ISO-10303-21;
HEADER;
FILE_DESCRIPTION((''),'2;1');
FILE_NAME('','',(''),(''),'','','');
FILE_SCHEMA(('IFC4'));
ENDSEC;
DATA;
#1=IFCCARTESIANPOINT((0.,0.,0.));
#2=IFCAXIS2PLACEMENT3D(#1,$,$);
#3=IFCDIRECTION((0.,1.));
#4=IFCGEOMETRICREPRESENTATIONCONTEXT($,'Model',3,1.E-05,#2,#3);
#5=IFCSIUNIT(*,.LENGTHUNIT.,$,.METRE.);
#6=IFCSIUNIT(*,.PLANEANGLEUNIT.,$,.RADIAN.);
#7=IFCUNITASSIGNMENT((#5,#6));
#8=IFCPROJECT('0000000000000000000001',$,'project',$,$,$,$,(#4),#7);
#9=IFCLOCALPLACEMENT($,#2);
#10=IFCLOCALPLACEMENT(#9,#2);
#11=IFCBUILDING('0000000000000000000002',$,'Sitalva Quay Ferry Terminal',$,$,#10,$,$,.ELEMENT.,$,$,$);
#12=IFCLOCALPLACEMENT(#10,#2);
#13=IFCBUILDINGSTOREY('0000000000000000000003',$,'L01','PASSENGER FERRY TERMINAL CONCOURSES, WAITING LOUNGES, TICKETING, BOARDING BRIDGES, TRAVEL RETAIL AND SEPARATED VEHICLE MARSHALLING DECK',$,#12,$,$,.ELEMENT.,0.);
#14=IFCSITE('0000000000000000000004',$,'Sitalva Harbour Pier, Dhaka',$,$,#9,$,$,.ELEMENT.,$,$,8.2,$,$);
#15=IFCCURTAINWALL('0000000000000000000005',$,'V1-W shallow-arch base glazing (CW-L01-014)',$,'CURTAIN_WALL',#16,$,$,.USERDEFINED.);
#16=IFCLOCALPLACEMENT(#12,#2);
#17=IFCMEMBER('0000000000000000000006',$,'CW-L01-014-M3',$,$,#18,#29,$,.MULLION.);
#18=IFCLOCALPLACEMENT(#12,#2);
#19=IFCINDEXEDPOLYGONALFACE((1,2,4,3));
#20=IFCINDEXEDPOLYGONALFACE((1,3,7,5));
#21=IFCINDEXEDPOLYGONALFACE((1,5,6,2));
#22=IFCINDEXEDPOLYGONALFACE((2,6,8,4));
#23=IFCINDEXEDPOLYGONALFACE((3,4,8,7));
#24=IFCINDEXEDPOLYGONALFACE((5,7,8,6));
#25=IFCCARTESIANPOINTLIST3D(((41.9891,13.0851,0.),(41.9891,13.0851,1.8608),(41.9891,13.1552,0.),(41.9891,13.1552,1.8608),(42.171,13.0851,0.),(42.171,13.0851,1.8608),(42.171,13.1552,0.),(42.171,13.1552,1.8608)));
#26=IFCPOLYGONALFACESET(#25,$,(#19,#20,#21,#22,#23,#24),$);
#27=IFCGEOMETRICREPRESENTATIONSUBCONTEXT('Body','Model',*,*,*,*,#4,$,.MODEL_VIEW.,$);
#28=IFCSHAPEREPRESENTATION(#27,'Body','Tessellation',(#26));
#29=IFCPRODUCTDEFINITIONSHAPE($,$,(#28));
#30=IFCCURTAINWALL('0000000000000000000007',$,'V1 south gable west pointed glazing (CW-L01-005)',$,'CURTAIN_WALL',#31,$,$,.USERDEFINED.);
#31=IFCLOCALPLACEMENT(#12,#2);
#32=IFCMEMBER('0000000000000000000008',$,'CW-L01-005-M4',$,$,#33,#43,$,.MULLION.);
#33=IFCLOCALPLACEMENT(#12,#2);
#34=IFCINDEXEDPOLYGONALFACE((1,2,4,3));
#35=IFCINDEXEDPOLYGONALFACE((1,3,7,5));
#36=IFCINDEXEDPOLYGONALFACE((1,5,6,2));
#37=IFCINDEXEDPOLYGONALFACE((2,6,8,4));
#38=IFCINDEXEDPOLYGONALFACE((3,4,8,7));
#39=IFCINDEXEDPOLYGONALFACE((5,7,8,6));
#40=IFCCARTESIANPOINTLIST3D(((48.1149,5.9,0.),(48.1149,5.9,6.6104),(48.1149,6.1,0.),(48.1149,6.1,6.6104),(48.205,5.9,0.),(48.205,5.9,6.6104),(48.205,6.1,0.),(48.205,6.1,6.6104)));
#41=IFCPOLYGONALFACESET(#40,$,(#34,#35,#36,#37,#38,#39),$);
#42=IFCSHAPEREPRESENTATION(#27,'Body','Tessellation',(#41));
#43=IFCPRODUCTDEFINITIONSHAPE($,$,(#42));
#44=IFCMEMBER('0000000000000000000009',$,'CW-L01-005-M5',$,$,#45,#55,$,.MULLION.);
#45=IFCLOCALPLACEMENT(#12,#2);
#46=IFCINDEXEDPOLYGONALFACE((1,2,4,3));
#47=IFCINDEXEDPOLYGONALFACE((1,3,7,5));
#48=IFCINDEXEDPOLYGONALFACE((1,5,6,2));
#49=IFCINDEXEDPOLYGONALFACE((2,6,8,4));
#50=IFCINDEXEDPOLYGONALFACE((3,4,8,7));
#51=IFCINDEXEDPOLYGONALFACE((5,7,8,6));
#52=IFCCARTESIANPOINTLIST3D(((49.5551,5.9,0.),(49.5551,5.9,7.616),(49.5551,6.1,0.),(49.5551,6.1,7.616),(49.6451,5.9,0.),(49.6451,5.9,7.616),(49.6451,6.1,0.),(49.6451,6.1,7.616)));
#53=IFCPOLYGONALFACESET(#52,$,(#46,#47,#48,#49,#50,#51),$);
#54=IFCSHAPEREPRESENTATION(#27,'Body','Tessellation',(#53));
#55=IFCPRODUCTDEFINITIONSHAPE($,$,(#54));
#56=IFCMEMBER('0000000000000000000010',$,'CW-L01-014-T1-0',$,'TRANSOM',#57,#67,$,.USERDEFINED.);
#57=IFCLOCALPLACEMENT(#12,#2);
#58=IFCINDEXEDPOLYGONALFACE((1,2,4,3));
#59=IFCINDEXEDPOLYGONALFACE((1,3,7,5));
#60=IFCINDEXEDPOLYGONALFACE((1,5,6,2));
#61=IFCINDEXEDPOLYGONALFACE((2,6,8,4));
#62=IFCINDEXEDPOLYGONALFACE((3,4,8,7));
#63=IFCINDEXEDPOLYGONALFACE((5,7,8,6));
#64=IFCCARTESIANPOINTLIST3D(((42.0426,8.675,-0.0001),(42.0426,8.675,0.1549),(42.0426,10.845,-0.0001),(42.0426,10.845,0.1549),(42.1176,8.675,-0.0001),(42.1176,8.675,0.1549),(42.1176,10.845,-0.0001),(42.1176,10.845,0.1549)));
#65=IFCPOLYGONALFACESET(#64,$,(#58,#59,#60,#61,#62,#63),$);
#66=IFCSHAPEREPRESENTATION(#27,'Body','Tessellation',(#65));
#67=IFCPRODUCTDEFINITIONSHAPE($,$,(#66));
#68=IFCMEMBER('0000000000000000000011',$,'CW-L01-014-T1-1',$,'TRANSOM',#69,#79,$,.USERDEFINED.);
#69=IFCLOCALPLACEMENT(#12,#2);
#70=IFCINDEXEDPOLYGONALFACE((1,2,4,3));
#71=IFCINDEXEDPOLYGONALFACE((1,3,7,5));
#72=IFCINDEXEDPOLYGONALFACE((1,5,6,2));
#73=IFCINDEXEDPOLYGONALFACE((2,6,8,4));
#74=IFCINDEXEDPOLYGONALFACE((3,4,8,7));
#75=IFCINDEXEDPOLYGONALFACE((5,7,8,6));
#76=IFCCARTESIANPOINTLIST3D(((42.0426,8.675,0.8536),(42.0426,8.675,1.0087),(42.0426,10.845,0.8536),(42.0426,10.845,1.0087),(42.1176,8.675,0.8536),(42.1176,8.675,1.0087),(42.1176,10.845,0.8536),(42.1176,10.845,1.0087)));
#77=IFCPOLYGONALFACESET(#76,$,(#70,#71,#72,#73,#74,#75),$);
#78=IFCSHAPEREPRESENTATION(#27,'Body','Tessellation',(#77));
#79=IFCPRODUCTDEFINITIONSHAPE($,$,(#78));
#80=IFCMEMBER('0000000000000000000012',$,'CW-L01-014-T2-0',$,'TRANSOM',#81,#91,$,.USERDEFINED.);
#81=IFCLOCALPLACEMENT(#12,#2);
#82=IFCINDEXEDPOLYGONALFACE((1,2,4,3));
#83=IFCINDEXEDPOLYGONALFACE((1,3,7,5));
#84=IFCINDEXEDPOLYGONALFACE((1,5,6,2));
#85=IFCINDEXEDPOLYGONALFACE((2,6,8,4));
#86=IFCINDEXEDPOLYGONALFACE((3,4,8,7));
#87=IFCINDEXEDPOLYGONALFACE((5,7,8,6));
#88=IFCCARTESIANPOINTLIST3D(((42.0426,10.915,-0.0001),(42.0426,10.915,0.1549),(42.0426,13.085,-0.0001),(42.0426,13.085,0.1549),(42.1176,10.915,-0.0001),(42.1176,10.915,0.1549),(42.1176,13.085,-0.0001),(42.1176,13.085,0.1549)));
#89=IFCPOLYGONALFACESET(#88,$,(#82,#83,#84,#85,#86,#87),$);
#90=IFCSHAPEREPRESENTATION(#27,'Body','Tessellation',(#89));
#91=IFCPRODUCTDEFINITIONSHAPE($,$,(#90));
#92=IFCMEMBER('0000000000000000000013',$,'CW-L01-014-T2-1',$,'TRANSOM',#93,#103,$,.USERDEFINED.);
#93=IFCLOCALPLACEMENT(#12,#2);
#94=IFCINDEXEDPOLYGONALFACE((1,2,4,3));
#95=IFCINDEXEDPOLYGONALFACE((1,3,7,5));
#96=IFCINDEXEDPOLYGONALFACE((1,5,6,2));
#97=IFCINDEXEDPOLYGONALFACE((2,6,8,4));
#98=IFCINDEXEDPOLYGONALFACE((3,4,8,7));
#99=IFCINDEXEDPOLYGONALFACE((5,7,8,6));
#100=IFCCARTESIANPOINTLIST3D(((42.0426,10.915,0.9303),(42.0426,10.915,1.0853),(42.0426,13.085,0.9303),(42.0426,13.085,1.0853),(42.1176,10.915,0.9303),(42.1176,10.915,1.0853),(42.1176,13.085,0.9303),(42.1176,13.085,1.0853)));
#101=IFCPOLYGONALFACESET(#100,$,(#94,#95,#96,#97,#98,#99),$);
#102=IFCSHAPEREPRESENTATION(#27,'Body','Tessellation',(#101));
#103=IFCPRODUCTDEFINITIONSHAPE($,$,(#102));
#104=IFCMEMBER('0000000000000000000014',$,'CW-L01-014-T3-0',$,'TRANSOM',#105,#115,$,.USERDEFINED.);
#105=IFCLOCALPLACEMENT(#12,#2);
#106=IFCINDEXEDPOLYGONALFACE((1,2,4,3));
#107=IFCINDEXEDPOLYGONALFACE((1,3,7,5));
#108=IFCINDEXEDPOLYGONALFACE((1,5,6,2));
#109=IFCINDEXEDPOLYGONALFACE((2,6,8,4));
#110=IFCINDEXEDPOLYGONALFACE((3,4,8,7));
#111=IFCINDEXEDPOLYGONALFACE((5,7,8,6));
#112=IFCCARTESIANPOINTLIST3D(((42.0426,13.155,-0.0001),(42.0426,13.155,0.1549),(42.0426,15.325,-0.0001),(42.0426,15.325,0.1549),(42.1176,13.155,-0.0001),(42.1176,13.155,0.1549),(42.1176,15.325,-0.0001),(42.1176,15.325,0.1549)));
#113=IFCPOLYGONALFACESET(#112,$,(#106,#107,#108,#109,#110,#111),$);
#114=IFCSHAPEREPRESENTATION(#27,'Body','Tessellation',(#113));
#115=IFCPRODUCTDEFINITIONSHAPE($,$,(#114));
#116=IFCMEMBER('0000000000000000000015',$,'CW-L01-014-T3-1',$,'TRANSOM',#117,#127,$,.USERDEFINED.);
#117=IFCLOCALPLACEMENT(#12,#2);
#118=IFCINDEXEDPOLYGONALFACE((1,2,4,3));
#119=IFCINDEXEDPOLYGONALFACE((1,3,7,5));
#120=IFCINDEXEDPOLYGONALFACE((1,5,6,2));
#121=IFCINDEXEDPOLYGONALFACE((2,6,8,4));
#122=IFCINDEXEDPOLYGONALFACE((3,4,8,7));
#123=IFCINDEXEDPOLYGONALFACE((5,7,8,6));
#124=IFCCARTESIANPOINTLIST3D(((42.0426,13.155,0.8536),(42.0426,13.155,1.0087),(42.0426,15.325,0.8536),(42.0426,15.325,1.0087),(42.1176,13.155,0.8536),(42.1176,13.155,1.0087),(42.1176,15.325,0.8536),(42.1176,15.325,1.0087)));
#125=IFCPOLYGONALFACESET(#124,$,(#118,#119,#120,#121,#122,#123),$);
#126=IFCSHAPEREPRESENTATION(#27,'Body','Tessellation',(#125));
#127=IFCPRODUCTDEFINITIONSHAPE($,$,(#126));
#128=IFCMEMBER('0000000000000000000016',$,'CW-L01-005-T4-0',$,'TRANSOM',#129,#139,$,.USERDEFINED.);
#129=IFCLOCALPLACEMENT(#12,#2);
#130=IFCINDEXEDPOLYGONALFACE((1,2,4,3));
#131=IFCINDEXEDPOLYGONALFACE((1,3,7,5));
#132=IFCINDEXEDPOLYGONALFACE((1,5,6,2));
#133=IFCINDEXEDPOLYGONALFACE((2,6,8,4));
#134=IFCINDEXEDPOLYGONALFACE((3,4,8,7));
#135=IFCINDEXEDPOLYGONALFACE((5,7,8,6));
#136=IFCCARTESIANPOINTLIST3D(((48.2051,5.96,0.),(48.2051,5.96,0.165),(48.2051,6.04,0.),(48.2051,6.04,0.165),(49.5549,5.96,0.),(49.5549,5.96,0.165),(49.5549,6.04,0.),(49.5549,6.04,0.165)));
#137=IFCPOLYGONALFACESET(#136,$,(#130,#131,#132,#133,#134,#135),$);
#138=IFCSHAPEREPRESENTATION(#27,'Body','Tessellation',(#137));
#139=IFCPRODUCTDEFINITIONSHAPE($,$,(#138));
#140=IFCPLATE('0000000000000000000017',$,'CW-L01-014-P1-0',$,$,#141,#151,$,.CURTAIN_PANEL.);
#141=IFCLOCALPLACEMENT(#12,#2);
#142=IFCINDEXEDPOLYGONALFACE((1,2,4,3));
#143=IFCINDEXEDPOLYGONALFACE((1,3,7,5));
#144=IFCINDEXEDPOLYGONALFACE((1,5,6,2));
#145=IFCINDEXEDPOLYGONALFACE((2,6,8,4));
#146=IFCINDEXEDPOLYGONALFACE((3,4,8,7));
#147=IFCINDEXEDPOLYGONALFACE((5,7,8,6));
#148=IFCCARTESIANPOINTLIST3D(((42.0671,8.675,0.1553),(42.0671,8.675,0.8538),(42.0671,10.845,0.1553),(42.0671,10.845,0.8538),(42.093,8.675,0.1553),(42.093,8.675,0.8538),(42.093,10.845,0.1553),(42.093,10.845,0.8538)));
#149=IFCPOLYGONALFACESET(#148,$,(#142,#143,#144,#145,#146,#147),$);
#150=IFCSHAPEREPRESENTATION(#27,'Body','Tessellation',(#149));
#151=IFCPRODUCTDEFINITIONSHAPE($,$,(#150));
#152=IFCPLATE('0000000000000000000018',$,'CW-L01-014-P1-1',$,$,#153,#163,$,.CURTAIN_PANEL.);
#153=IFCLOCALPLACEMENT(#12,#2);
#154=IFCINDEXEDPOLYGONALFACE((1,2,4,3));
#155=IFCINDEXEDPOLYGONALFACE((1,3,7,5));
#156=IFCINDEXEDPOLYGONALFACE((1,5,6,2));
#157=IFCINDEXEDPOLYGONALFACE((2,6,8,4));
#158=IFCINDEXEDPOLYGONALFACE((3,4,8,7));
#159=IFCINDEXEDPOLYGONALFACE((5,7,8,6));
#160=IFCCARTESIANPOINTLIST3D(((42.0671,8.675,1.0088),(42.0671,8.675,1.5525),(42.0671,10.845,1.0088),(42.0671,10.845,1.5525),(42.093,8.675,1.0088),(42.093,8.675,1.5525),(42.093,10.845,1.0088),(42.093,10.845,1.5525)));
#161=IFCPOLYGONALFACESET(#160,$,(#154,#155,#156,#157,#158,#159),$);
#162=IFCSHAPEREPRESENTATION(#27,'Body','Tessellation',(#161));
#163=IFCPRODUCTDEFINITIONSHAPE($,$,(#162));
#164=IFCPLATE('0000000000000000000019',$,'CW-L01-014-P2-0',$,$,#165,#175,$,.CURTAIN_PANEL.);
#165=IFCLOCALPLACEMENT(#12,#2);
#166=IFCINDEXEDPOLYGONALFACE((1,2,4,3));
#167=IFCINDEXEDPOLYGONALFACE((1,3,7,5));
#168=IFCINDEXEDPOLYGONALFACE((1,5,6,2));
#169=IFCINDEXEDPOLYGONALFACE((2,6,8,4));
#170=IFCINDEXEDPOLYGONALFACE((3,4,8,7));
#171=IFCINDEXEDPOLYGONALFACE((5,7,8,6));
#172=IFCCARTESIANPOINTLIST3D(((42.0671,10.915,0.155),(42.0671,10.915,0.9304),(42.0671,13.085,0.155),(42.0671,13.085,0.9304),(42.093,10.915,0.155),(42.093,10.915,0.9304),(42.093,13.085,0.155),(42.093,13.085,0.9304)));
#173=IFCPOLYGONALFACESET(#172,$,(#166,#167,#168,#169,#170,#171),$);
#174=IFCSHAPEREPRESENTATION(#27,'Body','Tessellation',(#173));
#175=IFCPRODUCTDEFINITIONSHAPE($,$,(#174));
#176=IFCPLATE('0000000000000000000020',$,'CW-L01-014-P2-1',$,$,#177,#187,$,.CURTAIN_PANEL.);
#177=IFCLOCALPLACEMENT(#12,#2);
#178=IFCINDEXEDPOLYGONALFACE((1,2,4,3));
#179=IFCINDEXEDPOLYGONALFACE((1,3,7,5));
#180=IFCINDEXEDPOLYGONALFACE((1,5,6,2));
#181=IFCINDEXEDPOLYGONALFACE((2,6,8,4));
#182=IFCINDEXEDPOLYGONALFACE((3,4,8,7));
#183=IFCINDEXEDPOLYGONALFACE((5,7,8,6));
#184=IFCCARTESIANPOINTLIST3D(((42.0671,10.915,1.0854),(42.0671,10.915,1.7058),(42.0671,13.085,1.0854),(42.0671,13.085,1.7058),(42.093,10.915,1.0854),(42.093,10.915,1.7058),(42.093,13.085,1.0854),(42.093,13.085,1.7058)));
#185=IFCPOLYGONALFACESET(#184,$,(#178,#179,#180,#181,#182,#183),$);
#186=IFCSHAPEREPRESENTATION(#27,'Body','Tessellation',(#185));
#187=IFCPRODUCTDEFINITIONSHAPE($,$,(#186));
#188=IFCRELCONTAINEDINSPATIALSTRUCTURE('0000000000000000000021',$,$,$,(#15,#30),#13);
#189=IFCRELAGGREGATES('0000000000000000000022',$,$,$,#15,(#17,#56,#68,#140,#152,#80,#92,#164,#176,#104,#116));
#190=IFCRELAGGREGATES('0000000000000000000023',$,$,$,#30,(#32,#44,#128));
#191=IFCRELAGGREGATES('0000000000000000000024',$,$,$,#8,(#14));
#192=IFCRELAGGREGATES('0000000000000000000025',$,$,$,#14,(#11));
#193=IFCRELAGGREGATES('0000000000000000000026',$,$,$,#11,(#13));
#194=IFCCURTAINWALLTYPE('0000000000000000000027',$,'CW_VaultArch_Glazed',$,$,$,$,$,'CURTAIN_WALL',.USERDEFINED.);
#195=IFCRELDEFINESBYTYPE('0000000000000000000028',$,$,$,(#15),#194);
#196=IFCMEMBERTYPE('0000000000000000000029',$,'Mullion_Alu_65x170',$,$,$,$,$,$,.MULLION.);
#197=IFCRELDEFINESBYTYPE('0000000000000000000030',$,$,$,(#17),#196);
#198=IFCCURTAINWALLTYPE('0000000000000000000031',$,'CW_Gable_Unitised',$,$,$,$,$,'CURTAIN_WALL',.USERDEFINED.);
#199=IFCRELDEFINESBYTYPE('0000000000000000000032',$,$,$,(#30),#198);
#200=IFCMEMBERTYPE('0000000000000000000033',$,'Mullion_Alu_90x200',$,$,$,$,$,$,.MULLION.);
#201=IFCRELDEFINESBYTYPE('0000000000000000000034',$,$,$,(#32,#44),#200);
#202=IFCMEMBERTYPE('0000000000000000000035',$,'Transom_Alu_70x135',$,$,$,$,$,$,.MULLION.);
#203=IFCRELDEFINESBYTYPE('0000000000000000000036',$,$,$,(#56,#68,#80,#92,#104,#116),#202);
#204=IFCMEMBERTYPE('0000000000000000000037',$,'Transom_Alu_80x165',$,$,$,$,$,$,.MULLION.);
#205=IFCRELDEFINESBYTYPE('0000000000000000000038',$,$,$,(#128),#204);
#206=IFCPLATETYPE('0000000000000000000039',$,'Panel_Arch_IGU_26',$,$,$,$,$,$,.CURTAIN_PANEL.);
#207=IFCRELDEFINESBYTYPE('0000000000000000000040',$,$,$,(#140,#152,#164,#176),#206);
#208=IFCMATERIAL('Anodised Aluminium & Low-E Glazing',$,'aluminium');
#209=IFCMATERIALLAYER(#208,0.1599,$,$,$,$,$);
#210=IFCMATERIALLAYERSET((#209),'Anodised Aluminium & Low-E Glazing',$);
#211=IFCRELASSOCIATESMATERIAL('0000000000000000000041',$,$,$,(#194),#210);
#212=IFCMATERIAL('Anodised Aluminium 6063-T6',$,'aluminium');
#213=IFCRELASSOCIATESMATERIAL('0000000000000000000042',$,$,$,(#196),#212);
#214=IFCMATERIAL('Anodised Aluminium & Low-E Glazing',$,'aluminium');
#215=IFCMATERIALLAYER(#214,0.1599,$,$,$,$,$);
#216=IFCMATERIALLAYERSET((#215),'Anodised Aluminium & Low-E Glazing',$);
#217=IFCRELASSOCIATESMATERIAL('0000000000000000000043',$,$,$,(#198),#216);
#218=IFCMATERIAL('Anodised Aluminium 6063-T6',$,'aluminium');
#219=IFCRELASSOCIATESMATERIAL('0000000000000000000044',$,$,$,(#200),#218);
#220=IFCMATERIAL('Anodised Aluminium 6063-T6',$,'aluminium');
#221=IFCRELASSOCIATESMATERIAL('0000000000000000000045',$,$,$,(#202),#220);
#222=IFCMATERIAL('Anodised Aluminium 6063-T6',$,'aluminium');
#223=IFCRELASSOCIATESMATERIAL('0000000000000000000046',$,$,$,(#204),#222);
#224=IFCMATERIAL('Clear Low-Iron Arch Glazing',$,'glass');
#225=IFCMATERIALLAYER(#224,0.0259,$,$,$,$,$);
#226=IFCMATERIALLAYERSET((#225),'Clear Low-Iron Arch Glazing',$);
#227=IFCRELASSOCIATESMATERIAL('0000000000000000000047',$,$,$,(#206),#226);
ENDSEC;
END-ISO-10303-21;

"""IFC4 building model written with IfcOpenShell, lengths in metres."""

from ifc_helpers import new_model, si_unit, direction, frame, origin, origin_2d, place, context, subcontext, project, spatial, rectangle, extrude, material, layer, layer_set, material_profile, profile_set, type_object, element, aggregate, save


model = new_model("IFC4")

# Units and contexts
model_context = context("Model", 3, precision=1e-05, world=origin(), true_north=direction((0.0, 1.0)))
body_context = subcontext(model_context, "Body", "Model", "MODEL_VIEW")
ifc_project = project(units=[si_unit("LENGTHUNIT", "METRE"), si_unit("PLANEANGLEUNIT", "RADIAN")], contexts=[model_context])

# Site, building, storey
site_placement = place(None, origin())
site = spatial("IfcSite", under=ifc_project, at=site_placement, Name="Sitalva Harbour Pier, Dhaka", CompositionType="ELEMENT", RefElevation=8.2)
building_placement = place(site_placement, origin())
building = spatial("IfcBuilding", under=site, at=building_placement, Name="Sitalva Quay Ferry Terminal", CompositionType="ELEMENT")
storey_placement = place(building_placement, origin())
storey = spatial("IfcBuildingStorey", under=building, at=storey_placement, Name="L01", Description="PASSENGER FERRY TERMINAL CONCOURSES, WAITING LOUNGES, TICKETING, BOARDING BRIDGES, TRAVEL RETAIL AND SEPARATED VEHICLE MARSHALLING DECK", CompositionType="ELEMENT", Elevation=0.0)

# Curtain walls, members
ifc_material_1 = material(Name="Anodised Aluminium & Low-E Glazing", Category="aluminium")
ifc_layer_1 = layer(ifc_material_1, 0.1599)
ifc_layer_set_1 = layer_set([ifc_layer_1], Name="Anodised Aluminium & Low-E Glazing")
curtain_wall_type_1 = type_object("IfcCurtainWallType", Name="CW_VaultArch_Glazed", ElementType="CURTAIN_WALL", PredefinedType="USERDEFINED", material=ifc_layer_set_1)
curtain_wall_1_placement = place(storey_placement, origin())
curtain_wall_1 = element("IfcCurtainWall", 1, at=curtain_wall_1_placement, inside=storey, type_object=curtain_wall_type_1, Name="V1-W shallow-arch base glazing (CW-L01-014)", ObjectType="CURTAIN_WALL", PredefinedType="USERDEFINED")
ifc_material_2 = material(Name="Anodised Aluminium 6063-T6", Category="aluminium")
ifc_material_profile_1 = material_profile(ifc_material_2, rectangle(XDim=0.0701, YDim=0.1819, at=origin_2d()), Name="ALU70x182")
ifc_profile_set_1 = profile_set([ifc_material_profile_1], Name="Anodised Aluminium 6063-T6")
member_type_1 = type_object("IfcMemberType", Name="Mullion_Alu_65x170", PredefinedType="MULLION", material=ifc_profile_set_1)
member_1_placement = place(storey_placement, frame((42.0801, 13.1201, 0.0), z_axis=(0.0, 0.0, 1.0), x_axis=(0.0, 1.0, 0.0)))
member_1 = element("IfcMember", 2, at=member_1_placement, type_object=member_type_1, Name="CW-L01-014-M3", PredefinedType="MULLION", context=body_context, shape_type="SweptSolid", body=[
    extrude(rectangle(XDim=0.0701, YDim=0.1819, at=origin_2d()), origin(), (0.0, 0.0, 1.0), 1.8608),
])
ifc_material_3 = material(Name="Anodised Aluminium & Low-E Glazing", Category="aluminium")
ifc_layer_2 = layer(ifc_material_3, 0.1599)
ifc_layer_set_2 = layer_set([ifc_layer_2], Name="Anodised Aluminium & Low-E Glazing")
curtain_wall_type_2 = type_object("IfcCurtainWallType", Name="CW_Gable_Unitised", ElementType="CURTAIN_WALL", PredefinedType="USERDEFINED", material=ifc_layer_set_2)
curtain_wall_2_placement = place(storey_placement, origin())
curtain_wall_2 = element("IfcCurtainWall", 3, at=curtain_wall_2_placement, inside=storey, type_object=curtain_wall_type_2, Name="V1 south gable west pointed glazing (CW-L01-005)", ObjectType="CURTAIN_WALL", PredefinedType="USERDEFINED")
ifc_material_4 = material(Name="Anodised Aluminium 6063-T6", Category="aluminium")
ifc_material_profile_2 = material_profile(ifc_material_4, rectangle(XDim=0.0901, YDim=0.2, at=origin_2d()), Name="ALU90x200")
ifc_profile_set_2 = profile_set([ifc_material_profile_2], Name="Anodised Aluminium 6063-T6")
member_type_2 = type_object("IfcMemberType", Name="Mullion_Alu_90x200", PredefinedType="MULLION", material=ifc_profile_set_2)
member_2_placement = place(storey_placement, frame((48.1599, 6.0, 0.0), z_axis=(0.0, 0.0, 1.0), x_axis=(1.0, 0.0, 0.0)))
member_2 = element("IfcMember", 4, at=member_2_placement, type_object=member_type_2, Name="CW-L01-005-M4", PredefinedType="MULLION", context=body_context, shape_type="SweptSolid", body=[
    extrude(rectangle(XDim=0.0901, YDim=0.2, at=origin_2d()), origin(), (0.0, 0.0, 1.0), 6.6104),
])
member_3_placement = place(storey_placement, frame((49.6001, 6.0, 0.0), z_axis=(0.0, 0.0, 1.0), x_axis=(1.0, 0.0, 0.0)))
member_3 = element("IfcMember", 5, at=member_3_placement, type_object=member_type_2, Name="CW-L01-005-M5", PredefinedType="MULLION", context=body_context, shape_type="SweptSolid", body=[
    extrude(rectangle(XDim=0.0901, YDim=0.2, at=origin_2d()), origin(), (0.0, 0.0, 1.0), 7.616),
])

# Members
ifc_material_5 = material(Name="Anodised Aluminium 6063-T6", Category="aluminium")
ifc_material_profile_3 = material_profile(ifc_material_5, rectangle(XDim=0.075, YDim=0.155, at=origin_2d()), Name="ALU75x155")
ifc_profile_set_3 = profile_set([ifc_material_profile_3], Name="Anodised Aluminium 6063-T6")
member_type_3 = type_object("IfcMemberType", Name="Transom_Alu_70x135", PredefinedType="MULLION", material=ifc_profile_set_3)
member_4_placement = place(storey_placement, frame((42.0801, 8.675, 0.0774), z_axis=(0.0, 1.0, 0.0), x_axis=(-1.0, 0.0, 0.0)))
member_4 = element("IfcMember", 6, at=member_4_placement, type_object=member_type_3, Name="CW-L01-014-T1-0", ObjectType="TRANSOM", PredefinedType="USERDEFINED", context=body_context, shape_type="SweptSolid", body=[
    extrude(rectangle(XDim=0.075, YDim=0.155, at=origin_2d()), origin(), (0.0, 0.0, 1.0), 2.1699),
])
member_5_placement = place(storey_placement, frame((42.0801, 8.675, 0.9312), z_axis=(0.0, 1.0, 0.0), x_axis=(-1.0, 0.0, 0.0)))
member_5 = element("IfcMember", 7, at=member_5_placement, type_object=member_type_3, Name="CW-L01-014-T1-1", ObjectType="TRANSOM", PredefinedType="USERDEFINED", context=body_context, shape_type="SweptSolid", body=[
    extrude(rectangle(XDim=0.075, YDim=0.155, at=origin_2d()), origin(), (0.0, 0.0, 1.0), 2.1699),
])
member_6_placement = place(storey_placement, frame((42.0801, 10.915, 0.0774), z_axis=(0.0, 1.0, 0.0), x_axis=(-1.0, 0.0, 0.0)))
member_6 = element("IfcMember", 8, at=member_6_placement, type_object=member_type_3, Name="CW-L01-014-T2-0", ObjectType="TRANSOM", PredefinedType="USERDEFINED", context=body_context, shape_type="SweptSolid", body=[
    extrude(rectangle(XDim=0.075, YDim=0.155, at=origin_2d()), origin(), (0.0, 0.0, 1.0), 2.1699),
])
member_7_placement = place(storey_placement, frame((42.0801, 10.915, 1.0078), z_axis=(0.0, 1.0, 0.0), x_axis=(-1.0, 0.0, 0.0)))
member_7 = element("IfcMember", 9, at=member_7_placement, type_object=member_type_3, Name="CW-L01-014-T2-1", ObjectType="TRANSOM", PredefinedType="USERDEFINED", context=body_context, shape_type="SweptSolid", body=[
    extrude(rectangle(XDim=0.075, YDim=0.155, at=origin_2d()), origin(), (0.0, 0.0, 1.0), 2.1699),
])
member_8_placement = place(storey_placement, frame((42.0801, 13.155, 0.0774), z_axis=(0.0, 1.0, 0.0), x_axis=(-1.0, 0.0, 0.0)))
member_8 = element("IfcMember", 10, at=member_8_placement, type_object=member_type_3, Name="CW-L01-014-T3-0", ObjectType="TRANSOM", PredefinedType="USERDEFINED", context=body_context, shape_type="SweptSolid", body=[
    extrude(rectangle(XDim=0.075, YDim=0.155, at=origin_2d()), origin(), (0.0, 0.0, 1.0), 2.1699),
])
member_9_placement = place(storey_placement, frame((42.0801, 13.155, 0.9312), z_axis=(0.0, 1.0, 0.0), x_axis=(-1.0, 0.0, 0.0)))
member_9 = element("IfcMember", 11, at=member_9_placement, type_object=member_type_3, Name="CW-L01-014-T3-1", ObjectType="TRANSOM", PredefinedType="USERDEFINED", context=body_context, shape_type="SweptSolid", body=[
    extrude(rectangle(XDim=0.075, YDim=0.155, at=origin_2d()), origin(), (0.0, 0.0, 1.0), 2.1699),
])
ifc_material_6 = material(Name="Anodised Aluminium 6063-T6", Category="aluminium")
ifc_material_profile_4 = material_profile(ifc_material_6, rectangle(XDim=0.0801, YDim=0.165, at=origin_2d()), Name="ALU80x165")
ifc_profile_set_4 = profile_set([ifc_material_profile_4], Name="Anodised Aluminium 6063-T6")
member_type_4 = type_object("IfcMemberType", Name="Transom_Alu_80x165", PredefinedType="MULLION", material=ifc_profile_set_4)
member_10_placement = place(storey_placement, frame((48.2051, 6.0, 0.0825), z_axis=(1.0, 0.0, 0.0), x_axis=(0.0, 1.0, 0.0)))
member_10 = element("IfcMember", 12, at=member_10_placement, type_object=member_type_4, Name="CW-L01-005-T4-0", ObjectType="TRANSOM", PredefinedType="USERDEFINED", context=body_context, shape_type="SweptSolid", body=[
    extrude(rectangle(XDim=0.0801, YDim=0.165, at=origin_2d()), origin(), (0.0, 0.0, 1.0), 1.3499),
])

# Plates
ifc_material_7 = material(Name="Clear Low-Iron Arch Glazing", Category="glass")
ifc_layer_3 = layer(ifc_material_7, 0.0259)
ifc_layer_set_3 = layer_set([ifc_layer_3], Name="Clear Low-Iron Arch Glazing")
plate_type_1 = type_object("IfcPlateType", Name="Panel_Arch_IGU_26", PredefinedType="CURTAIN_PANEL", material=ifc_layer_set_3)
plate_1_placement = place(storey_placement, frame((42.0801, 9.76, 0.1553), z_axis=(0.0, 0.0, 1.0), x_axis=(0.0, 1.0, 0.0)))
plate_1 = element("IfcPlate", 13, at=plate_1_placement, type_object=plate_type_1, Name="CW-L01-014-P1-0", PredefinedType="CURTAIN_PANEL", context=body_context, shape_type="SweptSolid", body=[
    extrude(rectangle(XDim=2.1699, YDim=0.0259, at=origin_2d()), origin(), (0.0, 0.0, 1.0), 0.6985),
])
plate_2_placement = place(storey_placement, frame((42.0801, 9.76, 1.0088), z_axis=(0.0, 0.0, 1.0), x_axis=(0.0, 1.0, 0.0)))
plate_2 = element("IfcPlate", 14, at=plate_2_placement, type_object=plate_type_1, Name="CW-L01-014-P1-1", PredefinedType="CURTAIN_PANEL", context=body_context, shape_type="SweptSolid", body=[
    extrude(rectangle(XDim=2.1699, YDim=0.0259, at=origin_2d()), origin(), (0.0, 0.0, 1.0), 0.5437),
])
plate_3_placement = place(storey_placement, frame((42.0801, 12.0, 0.155), z_axis=(0.0, 0.0, 1.0), x_axis=(0.0, 1.0, 0.0)))
plate_3 = element("IfcPlate", 15, at=plate_3_placement, type_object=plate_type_1, Name="CW-L01-014-P2-0", PredefinedType="CURTAIN_PANEL", context=body_context, shape_type="SweptSolid", body=[
    extrude(rectangle(XDim=2.1699, YDim=0.0259, at=origin_2d()), origin(), (0.0, 0.0, 1.0), 0.7754),
])
plate_4_placement = place(storey_placement, frame((42.0801, 12.0, 1.0854), z_axis=(0.0, 0.0, 1.0), x_axis=(0.0, 1.0, 0.0)))
plate_4 = element("IfcPlate", 16, at=plate_4_placement, type_object=plate_type_1, Name="CW-L01-014-P2-1", PredefinedType="CURTAIN_PANEL", context=body_context, shape_type="SweptSolid", body=[
    extrude(rectangle(XDim=2.1699, YDim=0.0259, at=origin_2d()), origin(), (0.0, 0.0, 1.0), 0.6204),
])
aggregate(curtain_wall_1, [member_1, member_4, member_5, plate_1, plate_2, member_6, member_7, plate_3, plate_4, member_8, member_9])
aggregate(curtain_wall_2, [member_2, member_3, member_10])

save(model, "model.ifc")
